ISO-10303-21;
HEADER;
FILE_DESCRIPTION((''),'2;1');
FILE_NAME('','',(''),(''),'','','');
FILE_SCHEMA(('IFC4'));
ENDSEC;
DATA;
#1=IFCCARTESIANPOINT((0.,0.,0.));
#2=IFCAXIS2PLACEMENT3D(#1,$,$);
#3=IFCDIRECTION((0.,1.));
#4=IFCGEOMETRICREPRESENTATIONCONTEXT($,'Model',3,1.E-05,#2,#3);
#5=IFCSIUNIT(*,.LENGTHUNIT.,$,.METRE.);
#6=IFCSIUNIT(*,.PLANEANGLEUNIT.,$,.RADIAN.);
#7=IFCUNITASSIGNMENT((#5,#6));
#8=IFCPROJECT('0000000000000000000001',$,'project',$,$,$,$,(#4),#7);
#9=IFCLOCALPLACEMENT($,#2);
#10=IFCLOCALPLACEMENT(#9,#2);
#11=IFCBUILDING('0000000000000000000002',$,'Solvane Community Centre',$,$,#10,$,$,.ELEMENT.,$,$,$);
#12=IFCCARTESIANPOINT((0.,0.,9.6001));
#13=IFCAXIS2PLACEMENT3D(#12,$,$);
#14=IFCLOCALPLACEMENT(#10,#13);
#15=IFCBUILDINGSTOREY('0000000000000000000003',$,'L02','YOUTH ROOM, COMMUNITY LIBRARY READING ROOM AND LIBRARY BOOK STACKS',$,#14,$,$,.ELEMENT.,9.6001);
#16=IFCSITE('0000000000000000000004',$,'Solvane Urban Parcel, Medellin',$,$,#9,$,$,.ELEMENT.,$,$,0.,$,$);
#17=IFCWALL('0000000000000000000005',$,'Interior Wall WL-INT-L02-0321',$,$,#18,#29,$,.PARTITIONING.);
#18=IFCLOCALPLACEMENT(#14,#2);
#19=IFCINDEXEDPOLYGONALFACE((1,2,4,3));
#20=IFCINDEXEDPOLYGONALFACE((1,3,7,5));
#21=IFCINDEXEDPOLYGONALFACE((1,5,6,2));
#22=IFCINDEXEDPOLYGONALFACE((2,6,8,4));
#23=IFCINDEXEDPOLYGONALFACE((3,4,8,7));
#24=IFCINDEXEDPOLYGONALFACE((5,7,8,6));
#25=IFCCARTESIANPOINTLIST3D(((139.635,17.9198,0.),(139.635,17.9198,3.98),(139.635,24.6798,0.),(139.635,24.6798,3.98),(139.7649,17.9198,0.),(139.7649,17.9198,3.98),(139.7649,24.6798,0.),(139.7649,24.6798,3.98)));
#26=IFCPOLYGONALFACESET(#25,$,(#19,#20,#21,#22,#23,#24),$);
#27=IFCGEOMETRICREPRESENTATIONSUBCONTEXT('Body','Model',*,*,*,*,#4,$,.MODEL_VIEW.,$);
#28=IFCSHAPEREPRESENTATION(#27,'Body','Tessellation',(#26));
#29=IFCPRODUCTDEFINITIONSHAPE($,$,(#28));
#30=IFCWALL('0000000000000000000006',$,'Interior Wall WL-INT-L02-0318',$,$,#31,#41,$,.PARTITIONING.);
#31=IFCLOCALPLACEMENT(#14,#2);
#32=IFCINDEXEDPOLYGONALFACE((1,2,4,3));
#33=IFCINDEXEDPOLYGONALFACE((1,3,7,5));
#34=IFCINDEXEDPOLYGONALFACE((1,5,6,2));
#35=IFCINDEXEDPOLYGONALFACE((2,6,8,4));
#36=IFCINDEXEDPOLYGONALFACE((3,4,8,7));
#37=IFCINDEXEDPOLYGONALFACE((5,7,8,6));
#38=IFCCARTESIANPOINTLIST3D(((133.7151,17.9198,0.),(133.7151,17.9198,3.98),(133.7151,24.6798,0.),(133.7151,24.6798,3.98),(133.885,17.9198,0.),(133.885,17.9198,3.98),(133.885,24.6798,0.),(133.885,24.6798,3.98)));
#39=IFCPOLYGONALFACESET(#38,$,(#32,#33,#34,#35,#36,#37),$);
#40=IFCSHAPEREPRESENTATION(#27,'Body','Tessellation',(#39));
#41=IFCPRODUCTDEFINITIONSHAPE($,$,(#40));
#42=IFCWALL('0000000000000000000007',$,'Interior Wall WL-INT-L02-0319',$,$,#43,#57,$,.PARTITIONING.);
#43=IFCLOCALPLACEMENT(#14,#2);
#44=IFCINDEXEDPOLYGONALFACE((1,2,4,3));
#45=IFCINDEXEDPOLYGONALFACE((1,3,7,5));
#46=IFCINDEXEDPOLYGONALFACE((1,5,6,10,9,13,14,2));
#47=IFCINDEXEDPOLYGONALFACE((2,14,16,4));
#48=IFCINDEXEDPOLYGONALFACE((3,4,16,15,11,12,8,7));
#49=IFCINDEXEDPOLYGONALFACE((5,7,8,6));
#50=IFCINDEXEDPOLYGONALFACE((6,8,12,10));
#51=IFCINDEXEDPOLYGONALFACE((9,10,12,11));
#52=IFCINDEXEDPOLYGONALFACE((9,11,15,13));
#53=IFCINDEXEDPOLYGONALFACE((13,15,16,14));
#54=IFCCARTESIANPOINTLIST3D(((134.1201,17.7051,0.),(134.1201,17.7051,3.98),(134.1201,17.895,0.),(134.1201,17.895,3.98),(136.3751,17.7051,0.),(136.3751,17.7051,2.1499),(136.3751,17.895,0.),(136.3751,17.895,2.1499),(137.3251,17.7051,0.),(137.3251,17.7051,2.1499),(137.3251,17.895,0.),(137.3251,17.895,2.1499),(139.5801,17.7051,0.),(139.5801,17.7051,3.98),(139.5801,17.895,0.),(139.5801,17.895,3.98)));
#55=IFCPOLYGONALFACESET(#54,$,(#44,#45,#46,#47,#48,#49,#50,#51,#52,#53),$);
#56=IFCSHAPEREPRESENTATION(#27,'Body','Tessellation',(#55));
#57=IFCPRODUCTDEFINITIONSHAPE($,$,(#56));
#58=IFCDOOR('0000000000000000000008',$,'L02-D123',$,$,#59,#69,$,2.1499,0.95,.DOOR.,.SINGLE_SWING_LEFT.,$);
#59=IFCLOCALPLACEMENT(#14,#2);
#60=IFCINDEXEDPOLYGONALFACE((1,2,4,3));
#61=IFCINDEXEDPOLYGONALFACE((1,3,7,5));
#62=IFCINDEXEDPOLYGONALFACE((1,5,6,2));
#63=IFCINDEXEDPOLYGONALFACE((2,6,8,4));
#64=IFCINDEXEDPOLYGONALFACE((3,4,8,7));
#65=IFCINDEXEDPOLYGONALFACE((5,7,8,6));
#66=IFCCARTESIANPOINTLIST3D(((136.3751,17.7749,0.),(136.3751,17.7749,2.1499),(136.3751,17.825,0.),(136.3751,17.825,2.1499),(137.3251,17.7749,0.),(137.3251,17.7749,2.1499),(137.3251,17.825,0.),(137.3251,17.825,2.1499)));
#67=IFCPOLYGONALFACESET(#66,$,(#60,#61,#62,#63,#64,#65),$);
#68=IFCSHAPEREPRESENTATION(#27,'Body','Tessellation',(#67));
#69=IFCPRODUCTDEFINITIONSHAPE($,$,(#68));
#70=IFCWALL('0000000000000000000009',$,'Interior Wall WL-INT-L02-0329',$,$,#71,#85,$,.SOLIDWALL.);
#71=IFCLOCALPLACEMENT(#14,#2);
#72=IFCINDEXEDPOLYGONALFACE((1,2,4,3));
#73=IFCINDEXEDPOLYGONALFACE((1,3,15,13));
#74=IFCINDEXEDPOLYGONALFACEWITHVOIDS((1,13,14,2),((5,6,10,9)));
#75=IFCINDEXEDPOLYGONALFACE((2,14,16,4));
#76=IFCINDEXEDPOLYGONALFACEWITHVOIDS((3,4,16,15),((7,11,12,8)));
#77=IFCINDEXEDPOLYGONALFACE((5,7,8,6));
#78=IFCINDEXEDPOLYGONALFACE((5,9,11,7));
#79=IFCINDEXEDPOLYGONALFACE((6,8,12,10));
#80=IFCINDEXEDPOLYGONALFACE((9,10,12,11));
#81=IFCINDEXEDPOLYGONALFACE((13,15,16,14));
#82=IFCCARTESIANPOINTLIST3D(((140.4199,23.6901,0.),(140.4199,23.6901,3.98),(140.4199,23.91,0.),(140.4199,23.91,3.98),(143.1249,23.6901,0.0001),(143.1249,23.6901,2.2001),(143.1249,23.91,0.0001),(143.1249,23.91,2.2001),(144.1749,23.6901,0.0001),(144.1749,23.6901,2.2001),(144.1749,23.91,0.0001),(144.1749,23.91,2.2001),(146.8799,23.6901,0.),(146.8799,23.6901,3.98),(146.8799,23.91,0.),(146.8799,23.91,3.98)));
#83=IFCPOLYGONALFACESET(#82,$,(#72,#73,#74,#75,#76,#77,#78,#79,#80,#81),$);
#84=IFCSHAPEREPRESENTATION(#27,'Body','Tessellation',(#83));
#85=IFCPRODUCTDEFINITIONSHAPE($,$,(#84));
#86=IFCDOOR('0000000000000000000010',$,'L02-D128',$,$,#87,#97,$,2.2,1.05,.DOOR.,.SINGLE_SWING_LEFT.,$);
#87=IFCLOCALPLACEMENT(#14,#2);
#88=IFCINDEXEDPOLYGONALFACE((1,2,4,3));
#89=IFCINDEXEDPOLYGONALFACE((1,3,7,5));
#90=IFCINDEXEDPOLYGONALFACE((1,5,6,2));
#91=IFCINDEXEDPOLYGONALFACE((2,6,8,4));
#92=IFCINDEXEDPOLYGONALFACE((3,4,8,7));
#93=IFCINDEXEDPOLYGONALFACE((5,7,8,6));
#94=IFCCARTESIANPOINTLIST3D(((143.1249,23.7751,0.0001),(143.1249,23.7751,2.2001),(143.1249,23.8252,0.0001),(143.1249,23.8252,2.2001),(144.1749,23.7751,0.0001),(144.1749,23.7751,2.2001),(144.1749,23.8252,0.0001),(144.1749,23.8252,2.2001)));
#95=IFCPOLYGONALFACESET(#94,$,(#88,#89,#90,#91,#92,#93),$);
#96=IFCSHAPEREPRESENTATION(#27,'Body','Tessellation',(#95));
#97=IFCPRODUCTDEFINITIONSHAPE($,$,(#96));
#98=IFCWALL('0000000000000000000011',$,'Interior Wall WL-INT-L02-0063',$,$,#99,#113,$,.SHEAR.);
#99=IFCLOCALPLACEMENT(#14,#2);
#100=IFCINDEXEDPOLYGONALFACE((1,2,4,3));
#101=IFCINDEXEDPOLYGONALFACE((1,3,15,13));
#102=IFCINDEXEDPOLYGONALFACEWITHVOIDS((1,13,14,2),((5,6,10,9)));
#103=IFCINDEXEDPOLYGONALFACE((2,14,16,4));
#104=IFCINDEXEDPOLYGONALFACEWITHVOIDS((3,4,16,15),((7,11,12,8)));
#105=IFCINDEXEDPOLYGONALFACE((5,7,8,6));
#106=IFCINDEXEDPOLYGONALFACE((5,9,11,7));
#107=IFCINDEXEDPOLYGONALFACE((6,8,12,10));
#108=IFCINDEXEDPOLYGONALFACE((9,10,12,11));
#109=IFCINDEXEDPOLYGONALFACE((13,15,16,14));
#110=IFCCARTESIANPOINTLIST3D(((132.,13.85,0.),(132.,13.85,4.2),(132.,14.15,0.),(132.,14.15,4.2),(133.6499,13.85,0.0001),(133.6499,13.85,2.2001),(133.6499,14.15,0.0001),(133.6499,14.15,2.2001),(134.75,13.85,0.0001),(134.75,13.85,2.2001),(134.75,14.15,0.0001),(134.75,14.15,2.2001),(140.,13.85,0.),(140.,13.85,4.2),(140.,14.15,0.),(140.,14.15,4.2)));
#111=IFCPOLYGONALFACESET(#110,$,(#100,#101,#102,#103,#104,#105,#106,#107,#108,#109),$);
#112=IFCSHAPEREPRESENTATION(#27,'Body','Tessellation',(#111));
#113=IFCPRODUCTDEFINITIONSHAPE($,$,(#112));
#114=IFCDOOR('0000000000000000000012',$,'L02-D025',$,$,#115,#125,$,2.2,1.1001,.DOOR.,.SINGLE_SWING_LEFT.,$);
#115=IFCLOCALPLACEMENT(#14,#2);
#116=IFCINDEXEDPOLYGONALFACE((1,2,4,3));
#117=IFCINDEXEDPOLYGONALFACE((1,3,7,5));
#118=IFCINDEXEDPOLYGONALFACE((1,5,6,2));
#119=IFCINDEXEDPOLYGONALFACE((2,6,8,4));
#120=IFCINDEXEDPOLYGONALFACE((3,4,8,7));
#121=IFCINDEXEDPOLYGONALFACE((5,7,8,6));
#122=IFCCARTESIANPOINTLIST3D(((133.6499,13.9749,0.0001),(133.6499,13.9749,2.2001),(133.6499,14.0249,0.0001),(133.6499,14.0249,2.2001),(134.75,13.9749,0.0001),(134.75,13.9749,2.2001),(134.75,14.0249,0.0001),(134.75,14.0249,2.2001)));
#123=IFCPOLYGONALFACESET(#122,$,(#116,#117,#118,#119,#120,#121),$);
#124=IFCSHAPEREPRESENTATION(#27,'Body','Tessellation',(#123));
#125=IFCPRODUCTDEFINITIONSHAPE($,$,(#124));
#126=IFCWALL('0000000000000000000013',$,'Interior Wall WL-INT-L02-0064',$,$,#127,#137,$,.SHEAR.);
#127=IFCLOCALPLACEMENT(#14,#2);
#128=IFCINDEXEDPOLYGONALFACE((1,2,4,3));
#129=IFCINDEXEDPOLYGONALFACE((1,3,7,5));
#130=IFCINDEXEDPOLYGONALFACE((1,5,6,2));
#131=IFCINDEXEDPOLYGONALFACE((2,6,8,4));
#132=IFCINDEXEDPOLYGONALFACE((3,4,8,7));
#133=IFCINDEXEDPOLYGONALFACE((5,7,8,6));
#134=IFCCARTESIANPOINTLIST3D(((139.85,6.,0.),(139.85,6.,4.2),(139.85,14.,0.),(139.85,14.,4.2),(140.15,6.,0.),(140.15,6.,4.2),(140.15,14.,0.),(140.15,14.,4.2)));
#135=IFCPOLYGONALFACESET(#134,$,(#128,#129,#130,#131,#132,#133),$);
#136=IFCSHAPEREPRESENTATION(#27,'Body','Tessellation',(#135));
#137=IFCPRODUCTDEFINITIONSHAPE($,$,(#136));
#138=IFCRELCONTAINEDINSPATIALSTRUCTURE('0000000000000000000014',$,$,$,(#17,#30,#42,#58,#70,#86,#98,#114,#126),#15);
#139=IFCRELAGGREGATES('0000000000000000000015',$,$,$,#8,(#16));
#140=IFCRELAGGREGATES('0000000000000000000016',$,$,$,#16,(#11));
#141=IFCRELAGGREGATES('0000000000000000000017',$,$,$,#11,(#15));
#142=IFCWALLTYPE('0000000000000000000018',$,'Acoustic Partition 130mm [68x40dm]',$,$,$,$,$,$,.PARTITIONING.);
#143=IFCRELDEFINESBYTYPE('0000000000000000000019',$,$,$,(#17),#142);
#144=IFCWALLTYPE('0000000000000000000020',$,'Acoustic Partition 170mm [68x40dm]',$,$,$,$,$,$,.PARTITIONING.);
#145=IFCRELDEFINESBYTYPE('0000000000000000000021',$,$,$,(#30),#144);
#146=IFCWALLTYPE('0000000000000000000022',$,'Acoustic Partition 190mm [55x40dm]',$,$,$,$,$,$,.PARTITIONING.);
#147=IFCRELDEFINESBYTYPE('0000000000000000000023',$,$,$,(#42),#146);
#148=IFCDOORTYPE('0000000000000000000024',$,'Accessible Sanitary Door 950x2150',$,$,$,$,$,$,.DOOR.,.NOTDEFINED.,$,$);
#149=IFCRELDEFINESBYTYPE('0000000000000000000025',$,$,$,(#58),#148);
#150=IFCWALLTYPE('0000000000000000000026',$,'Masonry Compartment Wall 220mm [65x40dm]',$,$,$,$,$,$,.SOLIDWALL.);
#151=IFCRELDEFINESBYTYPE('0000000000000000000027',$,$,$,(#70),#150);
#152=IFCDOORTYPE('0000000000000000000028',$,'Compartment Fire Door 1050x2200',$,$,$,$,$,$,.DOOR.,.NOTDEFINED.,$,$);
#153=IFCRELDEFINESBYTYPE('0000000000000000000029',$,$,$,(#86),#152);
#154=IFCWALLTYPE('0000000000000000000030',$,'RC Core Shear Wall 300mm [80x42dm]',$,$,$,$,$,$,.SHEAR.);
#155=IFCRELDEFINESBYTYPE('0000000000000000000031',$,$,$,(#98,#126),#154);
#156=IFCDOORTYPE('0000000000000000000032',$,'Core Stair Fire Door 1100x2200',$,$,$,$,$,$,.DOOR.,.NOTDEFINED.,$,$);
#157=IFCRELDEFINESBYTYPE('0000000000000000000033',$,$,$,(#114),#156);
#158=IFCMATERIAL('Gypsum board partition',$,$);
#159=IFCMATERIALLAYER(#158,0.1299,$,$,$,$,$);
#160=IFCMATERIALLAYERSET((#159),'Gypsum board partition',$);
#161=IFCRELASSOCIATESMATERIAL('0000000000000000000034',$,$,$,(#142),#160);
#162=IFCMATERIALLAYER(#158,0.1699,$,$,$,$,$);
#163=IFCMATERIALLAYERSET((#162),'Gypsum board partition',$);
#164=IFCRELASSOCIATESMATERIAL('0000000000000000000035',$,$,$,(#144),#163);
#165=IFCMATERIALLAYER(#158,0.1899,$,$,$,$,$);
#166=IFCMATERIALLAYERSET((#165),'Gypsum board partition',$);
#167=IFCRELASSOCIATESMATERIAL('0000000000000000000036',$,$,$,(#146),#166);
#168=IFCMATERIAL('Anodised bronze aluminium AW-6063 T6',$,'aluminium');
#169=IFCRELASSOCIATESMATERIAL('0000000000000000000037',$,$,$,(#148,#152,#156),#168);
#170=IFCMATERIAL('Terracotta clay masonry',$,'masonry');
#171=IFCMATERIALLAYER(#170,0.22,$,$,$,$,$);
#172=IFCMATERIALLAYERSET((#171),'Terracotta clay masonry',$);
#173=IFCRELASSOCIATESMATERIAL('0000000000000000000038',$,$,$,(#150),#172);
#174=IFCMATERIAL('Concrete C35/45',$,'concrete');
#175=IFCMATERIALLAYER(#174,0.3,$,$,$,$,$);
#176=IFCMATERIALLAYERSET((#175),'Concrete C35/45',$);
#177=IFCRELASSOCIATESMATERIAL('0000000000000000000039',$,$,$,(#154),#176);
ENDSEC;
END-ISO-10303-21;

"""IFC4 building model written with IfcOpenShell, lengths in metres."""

from ifc_helpers import new_model, si_unit, direction, frame, frame_2d, origin, place, context, subcontext, project, spatial, rectangle, extrude, material, layer, layer_set, type_object, element, fill, save


model = new_model("IFC4")

# Units and contexts
model_context = context("Model", 3, precision=1e-05, world=origin(), true_north=direction((0.0, 1.0)))
body_context = subcontext(model_context, "Body", "Model", "MODEL_VIEW")
ifc_project = project(units=[si_unit("LENGTHUNIT", "METRE"), si_unit("PLANEANGLEUNIT", "RADIAN")], contexts=[model_context])

# Site, building, storey
site_placement = place(None, origin())
site = spatial("IfcSite", under=ifc_project, at=site_placement, Name="Solvane Urban Parcel, Medellin", CompositionType="ELEMENT", RefElevation=0.0)
building_placement = place(site_placement, origin())
building = spatial("IfcBuilding", under=site, at=building_placement, Name="Solvane Community Centre", CompositionType="ELEMENT")
storey_placement = place(building_placement, frame((0.0, 0.0, 9.6001)))
storey = spatial("IfcBuildingStorey", under=building, at=storey_placement, Name="L02", Description="YOUTH ROOM, COMMUNITY LIBRARY READING ROOM AND LIBRARY BOOK STACKS", CompositionType="ELEMENT", Elevation=9.6001)

# Shared definitions
ifc_material_1 = material(Name="Concrete C35/45", Category="concrete")

# Walls
ifc_material_2 = material(Name="Gypsum board partition")
ifc_layer_1 = layer(ifc_material_2, 0.1299)
ifc_layer_set_1 = layer_set([ifc_layer_1], Name="Gypsum board partition")
wall_type_1 = type_object("IfcWallType", Name="Acoustic Partition 130mm [68x40dm]", PredefinedType="PARTITIONING", material=ifc_layer_set_1)
wall_1_placement = place(storey_placement, frame((139.7, 17.9199, 0.0), z_axis=(0.0, 0.0, 1.0), x_axis=(0.0, 1.0, 0.0)))
element("IfcWall", 1, at=wall_1_placement, inside=storey, type_object=wall_type_1, Name="Interior Wall WL-INT-L02-0321", PredefinedType="PARTITIONING", context=body_context, shape_type="SweptSolid", body=[
    extrude(rectangle(XDim=6.76, YDim=0.1299, at=frame_2d((3.3799, 0.0))), origin(), (0.0, 0.0, 1.0), 3.98),
])
ifc_layer_2 = layer(ifc_material_2, 0.1699)
ifc_layer_set_2 = layer_set([ifc_layer_2], Name="Gypsum board partition")
wall_type_2 = type_object("IfcWallType", Name="Acoustic Partition 170mm [68x40dm]", PredefinedType="PARTITIONING", material=ifc_layer_set_2)
wall_2_placement = place(storey_placement, frame((133.8, 17.9199, 0.0), z_axis=(0.0, 0.0, 1.0), x_axis=(0.0, 1.0, 0.0)))
element("IfcWall", 2, at=wall_2_placement, inside=storey, type_object=wall_type_2, Name="Interior Wall WL-INT-L02-0318", PredefinedType="PARTITIONING", context=body_context, shape_type="SweptSolid", body=[
    extrude(rectangle(XDim=6.76, YDim=0.1699, at=frame_2d((3.3799, 0.0))), origin(), (0.0, 0.0, 1.0), 3.98),
])

# Walls, openings, doors
ifc_layer_3 = layer(ifc_material_2, 0.1899)
ifc_layer_set_3 = layer_set([ifc_layer_3], Name="Gypsum board partition")
wall_type_3 = type_object("IfcWallType", Name="Acoustic Partition 190mm [55x40dm]", PredefinedType="PARTITIONING", material=ifc_layer_set_3)
wall_3_placement = place(storey_placement, frame((134.1201, 17.8, 0.0), z_axis=(0.0, 0.0, 1.0), x_axis=(1.0, 0.0, 0.0)))
wall_3 = element("IfcWall", 3, at=wall_3_placement, inside=storey, type_object=wall_type_3, Name="Interior Wall WL-INT-L02-0319", PredefinedType="PARTITIONING", context=body_context, shape_type="SweptSolid", body=[
    extrude(rectangle(XDim=5.46, YDim=0.1899, at=frame_2d((2.73, 0.0))), origin(), (0.0, 0.0, 1.0), 3.98),
])
opening_1_placement = place(wall_3_placement, frame((2.2549, 0.0, 0.0)))
opening_1 = element("IfcOpeningElement", 4, at=opening_1_placement, cuts=wall_3, PredefinedType="OPENING", context=body_context, shape_type="SweptSolid", body=[
    extrude(rectangle(XDim=0.95, YDim=2.1499, at=frame_2d((0.4751, 1.075))), frame((0.0, 0.105, 0.0), z_axis=(0.0, -1.0, 0.0), x_axis=(1.0, 0.0, 0.0)), (0.0, 0.0, 1.0), 0.21),
])
ifc_material_3 = material(Name="Anodised bronze aluminium AW-6063 T6", Category="aluminium")
door_type_1 = type_object("IfcDoorType", Name="Accessible Sanitary Door 950x2150", OperationType="NOTDEFINED", PredefinedType="DOOR", material=ifc_material_3)
door_1_placement = place(opening_1_placement, origin())
door_1 = element("IfcDoor", 5, at=door_1_placement, inside=storey, type_object=door_type_1, Name="L02-D123", OperationType="SINGLE_SWING_LEFT", OverallHeight=2.1499, OverallWidth=0.95, PredefinedType="DOOR", context=body_context, shape_type="SweptSolid", body=[
    extrude(rectangle(XDim=0.95, YDim=2.1499, at=frame_2d((0.4751, 1.075))), frame((0.0, 0.0249, 0.0), z_axis=(0.0, -1.0, 0.0), x_axis=(1.0, 0.0, 0.0)), (0.0, 0.0, 1.0), 0.05),
])
fill(opening_1, door_1)
ifc_material_4 = material(Name="Terracotta clay masonry", Category="masonry")
ifc_layer_4 = layer(ifc_material_4, 0.22)
ifc_layer_set_4 = layer_set([ifc_layer_4], Name="Terracotta clay masonry")
wall_type_4 = type_object("IfcWallType", Name="Masonry Compartment Wall 220mm [65x40dm]", PredefinedType="SOLIDWALL", material=ifc_layer_set_4)
wall_4_placement = place(storey_placement, frame((146.8799, 23.8, 0.0), z_axis=(0.0, 0.0, 1.0), x_axis=(-1.0, 0.0, 0.0)))
wall_4 = element("IfcWall", 6, at=wall_4_placement, inside=storey, type_object=wall_type_4, Name="Interior Wall WL-INT-L02-0329", PredefinedType="SOLIDWALL", context=body_context, shape_type="SweptSolid", body=[
    extrude(rectangle(XDim=6.46, YDim=0.22, at=frame_2d((3.23, 0.0))), origin(), (0.0, 0.0, 1.0), 3.98),
])
opening_2_placement = place(wall_4_placement, frame((2.7051, 0.0, 0.0)))
opening_2 = element("IfcOpeningElement", 7, at=opening_2_placement, cuts=wall_4, PredefinedType="OPENING", context=body_context, shape_type="SweptSolid", body=[
    extrude(rectangle(XDim=1.05, YDim=2.2, at=frame_2d((0.5249, 1.1001))), frame((0.0, 0.1199, 0.0), z_axis=(0.0, -1.0, 0.0), x_axis=(1.0, 0.0, 0.0)), (0.0, 0.0, 1.0), 0.24),
])
door_type_2 = type_object("IfcDoorType", Name="Compartment Fire Door 1050x2200", OperationType="NOTDEFINED", PredefinedType="DOOR", material=ifc_material_3)
door_2_placement = place(opening_2_placement, origin())
door_2 = element("IfcDoor", 8, at=door_2_placement, inside=storey, type_object=door_type_2, Name="L02-D128", OperationType="SINGLE_SWING_LEFT", OverallHeight=2.2, OverallWidth=1.05, PredefinedType="DOOR", context=body_context, shape_type="SweptSolid", body=[
    extrude(rectangle(XDim=1.05, YDim=2.2, at=frame_2d((0.5249, 1.1001))), frame((0.0, 0.0249, 0.0), z_axis=(0.0, -1.0, 0.0), x_axis=(1.0, 0.0, 0.0)), (0.0, 0.0, 1.0), 0.05),
])
fill(opening_2, door_2)
ifc_layer_5 = layer(ifc_material_1, 0.3)
ifc_layer_set_5 = layer_set([ifc_layer_5], Name="Concrete C35/45")
wall_type_5 = type_object("IfcWallType", Name="RC Core Shear Wall 300mm [80x42dm]", PredefinedType="SHEAR", material=ifc_layer_set_5)
wall_5_placement = place(storey_placement, frame((132.0, 14.0, 0.0), z_axis=(0.0, 0.0, 1.0), x_axis=(1.0, 0.0, 0.0)))
wall_5 = element("IfcWall", 9, at=wall_5_placement, inside=storey, type_object=wall_type_5, Name="Interior Wall WL-INT-L02-0063", PredefinedType="SHEAR", context=body_context, shape_type="SweptSolid", body=[
    extrude(rectangle(XDim=8.0, YDim=0.3, at=frame_2d((4.0, 0.0))), origin(), (0.0, 0.0, 1.0), 4.2),
])
opening_3_placement = place(wall_5_placement, frame((1.6499, 0.0, 0.0)))
opening_3 = element("IfcOpeningElement", 10, at=opening_3_placement, cuts=wall_5, PredefinedType="OPENING", context=body_context, shape_type="SweptSolid", body=[
    extrude(rectangle(XDim=1.1001, YDim=2.2, at=frame_2d((0.55, 1.1001))), frame((0.0, 0.1599, 0.0), z_axis=(0.0, -1.0, 0.0), x_axis=(1.0, 0.0, 0.0)), (0.0, 0.0, 1.0), 0.3201),
])
door_type_3 = type_object("IfcDoorType", Name="Core Stair Fire Door 1100x2200", OperationType="NOTDEFINED", PredefinedType="DOOR", material=ifc_material_3)
door_3_placement = place(opening_3_placement, origin())
door_3 = element("IfcDoor", 11, at=door_3_placement, inside=storey, type_object=door_type_3, Name="L02-D025", OperationType="SINGLE_SWING_LEFT", OverallHeight=2.2, OverallWidth=1.1001, PredefinedType="DOOR", context=body_context, shape_type="SweptSolid", body=[
    extrude(rectangle(XDim=1.1001, YDim=2.2, at=frame_2d((0.55, 1.1001))), frame((0.0, 0.0249, 0.0), z_axis=(0.0, -1.0, 0.0), x_axis=(1.0, 0.0, 0.0)), (0.0, 0.0, 1.0), 0.05),
])
fill(opening_3, door_3)

# Wall
wall_6_placement = place(storey_placement, frame((140.0, 14.0, 0.0), z_axis=(0.0, 0.0, 1.0), x_axis=(0.0, -1.0, 0.0)))
element("IfcWall", 12, at=wall_6_placement, inside=storey, type_object=wall_type_5, Name="Interior Wall WL-INT-L02-0064", PredefinedType="SHEAR", context=body_context, shape_type="SweptSolid", body=[
    extrude(rectangle(XDim=8.0, YDim=0.3, at=frame_2d((4.0, 0.0))), origin(), (0.0, 0.0, 1.0), 4.2),
])

save(model, "model.ifc")
